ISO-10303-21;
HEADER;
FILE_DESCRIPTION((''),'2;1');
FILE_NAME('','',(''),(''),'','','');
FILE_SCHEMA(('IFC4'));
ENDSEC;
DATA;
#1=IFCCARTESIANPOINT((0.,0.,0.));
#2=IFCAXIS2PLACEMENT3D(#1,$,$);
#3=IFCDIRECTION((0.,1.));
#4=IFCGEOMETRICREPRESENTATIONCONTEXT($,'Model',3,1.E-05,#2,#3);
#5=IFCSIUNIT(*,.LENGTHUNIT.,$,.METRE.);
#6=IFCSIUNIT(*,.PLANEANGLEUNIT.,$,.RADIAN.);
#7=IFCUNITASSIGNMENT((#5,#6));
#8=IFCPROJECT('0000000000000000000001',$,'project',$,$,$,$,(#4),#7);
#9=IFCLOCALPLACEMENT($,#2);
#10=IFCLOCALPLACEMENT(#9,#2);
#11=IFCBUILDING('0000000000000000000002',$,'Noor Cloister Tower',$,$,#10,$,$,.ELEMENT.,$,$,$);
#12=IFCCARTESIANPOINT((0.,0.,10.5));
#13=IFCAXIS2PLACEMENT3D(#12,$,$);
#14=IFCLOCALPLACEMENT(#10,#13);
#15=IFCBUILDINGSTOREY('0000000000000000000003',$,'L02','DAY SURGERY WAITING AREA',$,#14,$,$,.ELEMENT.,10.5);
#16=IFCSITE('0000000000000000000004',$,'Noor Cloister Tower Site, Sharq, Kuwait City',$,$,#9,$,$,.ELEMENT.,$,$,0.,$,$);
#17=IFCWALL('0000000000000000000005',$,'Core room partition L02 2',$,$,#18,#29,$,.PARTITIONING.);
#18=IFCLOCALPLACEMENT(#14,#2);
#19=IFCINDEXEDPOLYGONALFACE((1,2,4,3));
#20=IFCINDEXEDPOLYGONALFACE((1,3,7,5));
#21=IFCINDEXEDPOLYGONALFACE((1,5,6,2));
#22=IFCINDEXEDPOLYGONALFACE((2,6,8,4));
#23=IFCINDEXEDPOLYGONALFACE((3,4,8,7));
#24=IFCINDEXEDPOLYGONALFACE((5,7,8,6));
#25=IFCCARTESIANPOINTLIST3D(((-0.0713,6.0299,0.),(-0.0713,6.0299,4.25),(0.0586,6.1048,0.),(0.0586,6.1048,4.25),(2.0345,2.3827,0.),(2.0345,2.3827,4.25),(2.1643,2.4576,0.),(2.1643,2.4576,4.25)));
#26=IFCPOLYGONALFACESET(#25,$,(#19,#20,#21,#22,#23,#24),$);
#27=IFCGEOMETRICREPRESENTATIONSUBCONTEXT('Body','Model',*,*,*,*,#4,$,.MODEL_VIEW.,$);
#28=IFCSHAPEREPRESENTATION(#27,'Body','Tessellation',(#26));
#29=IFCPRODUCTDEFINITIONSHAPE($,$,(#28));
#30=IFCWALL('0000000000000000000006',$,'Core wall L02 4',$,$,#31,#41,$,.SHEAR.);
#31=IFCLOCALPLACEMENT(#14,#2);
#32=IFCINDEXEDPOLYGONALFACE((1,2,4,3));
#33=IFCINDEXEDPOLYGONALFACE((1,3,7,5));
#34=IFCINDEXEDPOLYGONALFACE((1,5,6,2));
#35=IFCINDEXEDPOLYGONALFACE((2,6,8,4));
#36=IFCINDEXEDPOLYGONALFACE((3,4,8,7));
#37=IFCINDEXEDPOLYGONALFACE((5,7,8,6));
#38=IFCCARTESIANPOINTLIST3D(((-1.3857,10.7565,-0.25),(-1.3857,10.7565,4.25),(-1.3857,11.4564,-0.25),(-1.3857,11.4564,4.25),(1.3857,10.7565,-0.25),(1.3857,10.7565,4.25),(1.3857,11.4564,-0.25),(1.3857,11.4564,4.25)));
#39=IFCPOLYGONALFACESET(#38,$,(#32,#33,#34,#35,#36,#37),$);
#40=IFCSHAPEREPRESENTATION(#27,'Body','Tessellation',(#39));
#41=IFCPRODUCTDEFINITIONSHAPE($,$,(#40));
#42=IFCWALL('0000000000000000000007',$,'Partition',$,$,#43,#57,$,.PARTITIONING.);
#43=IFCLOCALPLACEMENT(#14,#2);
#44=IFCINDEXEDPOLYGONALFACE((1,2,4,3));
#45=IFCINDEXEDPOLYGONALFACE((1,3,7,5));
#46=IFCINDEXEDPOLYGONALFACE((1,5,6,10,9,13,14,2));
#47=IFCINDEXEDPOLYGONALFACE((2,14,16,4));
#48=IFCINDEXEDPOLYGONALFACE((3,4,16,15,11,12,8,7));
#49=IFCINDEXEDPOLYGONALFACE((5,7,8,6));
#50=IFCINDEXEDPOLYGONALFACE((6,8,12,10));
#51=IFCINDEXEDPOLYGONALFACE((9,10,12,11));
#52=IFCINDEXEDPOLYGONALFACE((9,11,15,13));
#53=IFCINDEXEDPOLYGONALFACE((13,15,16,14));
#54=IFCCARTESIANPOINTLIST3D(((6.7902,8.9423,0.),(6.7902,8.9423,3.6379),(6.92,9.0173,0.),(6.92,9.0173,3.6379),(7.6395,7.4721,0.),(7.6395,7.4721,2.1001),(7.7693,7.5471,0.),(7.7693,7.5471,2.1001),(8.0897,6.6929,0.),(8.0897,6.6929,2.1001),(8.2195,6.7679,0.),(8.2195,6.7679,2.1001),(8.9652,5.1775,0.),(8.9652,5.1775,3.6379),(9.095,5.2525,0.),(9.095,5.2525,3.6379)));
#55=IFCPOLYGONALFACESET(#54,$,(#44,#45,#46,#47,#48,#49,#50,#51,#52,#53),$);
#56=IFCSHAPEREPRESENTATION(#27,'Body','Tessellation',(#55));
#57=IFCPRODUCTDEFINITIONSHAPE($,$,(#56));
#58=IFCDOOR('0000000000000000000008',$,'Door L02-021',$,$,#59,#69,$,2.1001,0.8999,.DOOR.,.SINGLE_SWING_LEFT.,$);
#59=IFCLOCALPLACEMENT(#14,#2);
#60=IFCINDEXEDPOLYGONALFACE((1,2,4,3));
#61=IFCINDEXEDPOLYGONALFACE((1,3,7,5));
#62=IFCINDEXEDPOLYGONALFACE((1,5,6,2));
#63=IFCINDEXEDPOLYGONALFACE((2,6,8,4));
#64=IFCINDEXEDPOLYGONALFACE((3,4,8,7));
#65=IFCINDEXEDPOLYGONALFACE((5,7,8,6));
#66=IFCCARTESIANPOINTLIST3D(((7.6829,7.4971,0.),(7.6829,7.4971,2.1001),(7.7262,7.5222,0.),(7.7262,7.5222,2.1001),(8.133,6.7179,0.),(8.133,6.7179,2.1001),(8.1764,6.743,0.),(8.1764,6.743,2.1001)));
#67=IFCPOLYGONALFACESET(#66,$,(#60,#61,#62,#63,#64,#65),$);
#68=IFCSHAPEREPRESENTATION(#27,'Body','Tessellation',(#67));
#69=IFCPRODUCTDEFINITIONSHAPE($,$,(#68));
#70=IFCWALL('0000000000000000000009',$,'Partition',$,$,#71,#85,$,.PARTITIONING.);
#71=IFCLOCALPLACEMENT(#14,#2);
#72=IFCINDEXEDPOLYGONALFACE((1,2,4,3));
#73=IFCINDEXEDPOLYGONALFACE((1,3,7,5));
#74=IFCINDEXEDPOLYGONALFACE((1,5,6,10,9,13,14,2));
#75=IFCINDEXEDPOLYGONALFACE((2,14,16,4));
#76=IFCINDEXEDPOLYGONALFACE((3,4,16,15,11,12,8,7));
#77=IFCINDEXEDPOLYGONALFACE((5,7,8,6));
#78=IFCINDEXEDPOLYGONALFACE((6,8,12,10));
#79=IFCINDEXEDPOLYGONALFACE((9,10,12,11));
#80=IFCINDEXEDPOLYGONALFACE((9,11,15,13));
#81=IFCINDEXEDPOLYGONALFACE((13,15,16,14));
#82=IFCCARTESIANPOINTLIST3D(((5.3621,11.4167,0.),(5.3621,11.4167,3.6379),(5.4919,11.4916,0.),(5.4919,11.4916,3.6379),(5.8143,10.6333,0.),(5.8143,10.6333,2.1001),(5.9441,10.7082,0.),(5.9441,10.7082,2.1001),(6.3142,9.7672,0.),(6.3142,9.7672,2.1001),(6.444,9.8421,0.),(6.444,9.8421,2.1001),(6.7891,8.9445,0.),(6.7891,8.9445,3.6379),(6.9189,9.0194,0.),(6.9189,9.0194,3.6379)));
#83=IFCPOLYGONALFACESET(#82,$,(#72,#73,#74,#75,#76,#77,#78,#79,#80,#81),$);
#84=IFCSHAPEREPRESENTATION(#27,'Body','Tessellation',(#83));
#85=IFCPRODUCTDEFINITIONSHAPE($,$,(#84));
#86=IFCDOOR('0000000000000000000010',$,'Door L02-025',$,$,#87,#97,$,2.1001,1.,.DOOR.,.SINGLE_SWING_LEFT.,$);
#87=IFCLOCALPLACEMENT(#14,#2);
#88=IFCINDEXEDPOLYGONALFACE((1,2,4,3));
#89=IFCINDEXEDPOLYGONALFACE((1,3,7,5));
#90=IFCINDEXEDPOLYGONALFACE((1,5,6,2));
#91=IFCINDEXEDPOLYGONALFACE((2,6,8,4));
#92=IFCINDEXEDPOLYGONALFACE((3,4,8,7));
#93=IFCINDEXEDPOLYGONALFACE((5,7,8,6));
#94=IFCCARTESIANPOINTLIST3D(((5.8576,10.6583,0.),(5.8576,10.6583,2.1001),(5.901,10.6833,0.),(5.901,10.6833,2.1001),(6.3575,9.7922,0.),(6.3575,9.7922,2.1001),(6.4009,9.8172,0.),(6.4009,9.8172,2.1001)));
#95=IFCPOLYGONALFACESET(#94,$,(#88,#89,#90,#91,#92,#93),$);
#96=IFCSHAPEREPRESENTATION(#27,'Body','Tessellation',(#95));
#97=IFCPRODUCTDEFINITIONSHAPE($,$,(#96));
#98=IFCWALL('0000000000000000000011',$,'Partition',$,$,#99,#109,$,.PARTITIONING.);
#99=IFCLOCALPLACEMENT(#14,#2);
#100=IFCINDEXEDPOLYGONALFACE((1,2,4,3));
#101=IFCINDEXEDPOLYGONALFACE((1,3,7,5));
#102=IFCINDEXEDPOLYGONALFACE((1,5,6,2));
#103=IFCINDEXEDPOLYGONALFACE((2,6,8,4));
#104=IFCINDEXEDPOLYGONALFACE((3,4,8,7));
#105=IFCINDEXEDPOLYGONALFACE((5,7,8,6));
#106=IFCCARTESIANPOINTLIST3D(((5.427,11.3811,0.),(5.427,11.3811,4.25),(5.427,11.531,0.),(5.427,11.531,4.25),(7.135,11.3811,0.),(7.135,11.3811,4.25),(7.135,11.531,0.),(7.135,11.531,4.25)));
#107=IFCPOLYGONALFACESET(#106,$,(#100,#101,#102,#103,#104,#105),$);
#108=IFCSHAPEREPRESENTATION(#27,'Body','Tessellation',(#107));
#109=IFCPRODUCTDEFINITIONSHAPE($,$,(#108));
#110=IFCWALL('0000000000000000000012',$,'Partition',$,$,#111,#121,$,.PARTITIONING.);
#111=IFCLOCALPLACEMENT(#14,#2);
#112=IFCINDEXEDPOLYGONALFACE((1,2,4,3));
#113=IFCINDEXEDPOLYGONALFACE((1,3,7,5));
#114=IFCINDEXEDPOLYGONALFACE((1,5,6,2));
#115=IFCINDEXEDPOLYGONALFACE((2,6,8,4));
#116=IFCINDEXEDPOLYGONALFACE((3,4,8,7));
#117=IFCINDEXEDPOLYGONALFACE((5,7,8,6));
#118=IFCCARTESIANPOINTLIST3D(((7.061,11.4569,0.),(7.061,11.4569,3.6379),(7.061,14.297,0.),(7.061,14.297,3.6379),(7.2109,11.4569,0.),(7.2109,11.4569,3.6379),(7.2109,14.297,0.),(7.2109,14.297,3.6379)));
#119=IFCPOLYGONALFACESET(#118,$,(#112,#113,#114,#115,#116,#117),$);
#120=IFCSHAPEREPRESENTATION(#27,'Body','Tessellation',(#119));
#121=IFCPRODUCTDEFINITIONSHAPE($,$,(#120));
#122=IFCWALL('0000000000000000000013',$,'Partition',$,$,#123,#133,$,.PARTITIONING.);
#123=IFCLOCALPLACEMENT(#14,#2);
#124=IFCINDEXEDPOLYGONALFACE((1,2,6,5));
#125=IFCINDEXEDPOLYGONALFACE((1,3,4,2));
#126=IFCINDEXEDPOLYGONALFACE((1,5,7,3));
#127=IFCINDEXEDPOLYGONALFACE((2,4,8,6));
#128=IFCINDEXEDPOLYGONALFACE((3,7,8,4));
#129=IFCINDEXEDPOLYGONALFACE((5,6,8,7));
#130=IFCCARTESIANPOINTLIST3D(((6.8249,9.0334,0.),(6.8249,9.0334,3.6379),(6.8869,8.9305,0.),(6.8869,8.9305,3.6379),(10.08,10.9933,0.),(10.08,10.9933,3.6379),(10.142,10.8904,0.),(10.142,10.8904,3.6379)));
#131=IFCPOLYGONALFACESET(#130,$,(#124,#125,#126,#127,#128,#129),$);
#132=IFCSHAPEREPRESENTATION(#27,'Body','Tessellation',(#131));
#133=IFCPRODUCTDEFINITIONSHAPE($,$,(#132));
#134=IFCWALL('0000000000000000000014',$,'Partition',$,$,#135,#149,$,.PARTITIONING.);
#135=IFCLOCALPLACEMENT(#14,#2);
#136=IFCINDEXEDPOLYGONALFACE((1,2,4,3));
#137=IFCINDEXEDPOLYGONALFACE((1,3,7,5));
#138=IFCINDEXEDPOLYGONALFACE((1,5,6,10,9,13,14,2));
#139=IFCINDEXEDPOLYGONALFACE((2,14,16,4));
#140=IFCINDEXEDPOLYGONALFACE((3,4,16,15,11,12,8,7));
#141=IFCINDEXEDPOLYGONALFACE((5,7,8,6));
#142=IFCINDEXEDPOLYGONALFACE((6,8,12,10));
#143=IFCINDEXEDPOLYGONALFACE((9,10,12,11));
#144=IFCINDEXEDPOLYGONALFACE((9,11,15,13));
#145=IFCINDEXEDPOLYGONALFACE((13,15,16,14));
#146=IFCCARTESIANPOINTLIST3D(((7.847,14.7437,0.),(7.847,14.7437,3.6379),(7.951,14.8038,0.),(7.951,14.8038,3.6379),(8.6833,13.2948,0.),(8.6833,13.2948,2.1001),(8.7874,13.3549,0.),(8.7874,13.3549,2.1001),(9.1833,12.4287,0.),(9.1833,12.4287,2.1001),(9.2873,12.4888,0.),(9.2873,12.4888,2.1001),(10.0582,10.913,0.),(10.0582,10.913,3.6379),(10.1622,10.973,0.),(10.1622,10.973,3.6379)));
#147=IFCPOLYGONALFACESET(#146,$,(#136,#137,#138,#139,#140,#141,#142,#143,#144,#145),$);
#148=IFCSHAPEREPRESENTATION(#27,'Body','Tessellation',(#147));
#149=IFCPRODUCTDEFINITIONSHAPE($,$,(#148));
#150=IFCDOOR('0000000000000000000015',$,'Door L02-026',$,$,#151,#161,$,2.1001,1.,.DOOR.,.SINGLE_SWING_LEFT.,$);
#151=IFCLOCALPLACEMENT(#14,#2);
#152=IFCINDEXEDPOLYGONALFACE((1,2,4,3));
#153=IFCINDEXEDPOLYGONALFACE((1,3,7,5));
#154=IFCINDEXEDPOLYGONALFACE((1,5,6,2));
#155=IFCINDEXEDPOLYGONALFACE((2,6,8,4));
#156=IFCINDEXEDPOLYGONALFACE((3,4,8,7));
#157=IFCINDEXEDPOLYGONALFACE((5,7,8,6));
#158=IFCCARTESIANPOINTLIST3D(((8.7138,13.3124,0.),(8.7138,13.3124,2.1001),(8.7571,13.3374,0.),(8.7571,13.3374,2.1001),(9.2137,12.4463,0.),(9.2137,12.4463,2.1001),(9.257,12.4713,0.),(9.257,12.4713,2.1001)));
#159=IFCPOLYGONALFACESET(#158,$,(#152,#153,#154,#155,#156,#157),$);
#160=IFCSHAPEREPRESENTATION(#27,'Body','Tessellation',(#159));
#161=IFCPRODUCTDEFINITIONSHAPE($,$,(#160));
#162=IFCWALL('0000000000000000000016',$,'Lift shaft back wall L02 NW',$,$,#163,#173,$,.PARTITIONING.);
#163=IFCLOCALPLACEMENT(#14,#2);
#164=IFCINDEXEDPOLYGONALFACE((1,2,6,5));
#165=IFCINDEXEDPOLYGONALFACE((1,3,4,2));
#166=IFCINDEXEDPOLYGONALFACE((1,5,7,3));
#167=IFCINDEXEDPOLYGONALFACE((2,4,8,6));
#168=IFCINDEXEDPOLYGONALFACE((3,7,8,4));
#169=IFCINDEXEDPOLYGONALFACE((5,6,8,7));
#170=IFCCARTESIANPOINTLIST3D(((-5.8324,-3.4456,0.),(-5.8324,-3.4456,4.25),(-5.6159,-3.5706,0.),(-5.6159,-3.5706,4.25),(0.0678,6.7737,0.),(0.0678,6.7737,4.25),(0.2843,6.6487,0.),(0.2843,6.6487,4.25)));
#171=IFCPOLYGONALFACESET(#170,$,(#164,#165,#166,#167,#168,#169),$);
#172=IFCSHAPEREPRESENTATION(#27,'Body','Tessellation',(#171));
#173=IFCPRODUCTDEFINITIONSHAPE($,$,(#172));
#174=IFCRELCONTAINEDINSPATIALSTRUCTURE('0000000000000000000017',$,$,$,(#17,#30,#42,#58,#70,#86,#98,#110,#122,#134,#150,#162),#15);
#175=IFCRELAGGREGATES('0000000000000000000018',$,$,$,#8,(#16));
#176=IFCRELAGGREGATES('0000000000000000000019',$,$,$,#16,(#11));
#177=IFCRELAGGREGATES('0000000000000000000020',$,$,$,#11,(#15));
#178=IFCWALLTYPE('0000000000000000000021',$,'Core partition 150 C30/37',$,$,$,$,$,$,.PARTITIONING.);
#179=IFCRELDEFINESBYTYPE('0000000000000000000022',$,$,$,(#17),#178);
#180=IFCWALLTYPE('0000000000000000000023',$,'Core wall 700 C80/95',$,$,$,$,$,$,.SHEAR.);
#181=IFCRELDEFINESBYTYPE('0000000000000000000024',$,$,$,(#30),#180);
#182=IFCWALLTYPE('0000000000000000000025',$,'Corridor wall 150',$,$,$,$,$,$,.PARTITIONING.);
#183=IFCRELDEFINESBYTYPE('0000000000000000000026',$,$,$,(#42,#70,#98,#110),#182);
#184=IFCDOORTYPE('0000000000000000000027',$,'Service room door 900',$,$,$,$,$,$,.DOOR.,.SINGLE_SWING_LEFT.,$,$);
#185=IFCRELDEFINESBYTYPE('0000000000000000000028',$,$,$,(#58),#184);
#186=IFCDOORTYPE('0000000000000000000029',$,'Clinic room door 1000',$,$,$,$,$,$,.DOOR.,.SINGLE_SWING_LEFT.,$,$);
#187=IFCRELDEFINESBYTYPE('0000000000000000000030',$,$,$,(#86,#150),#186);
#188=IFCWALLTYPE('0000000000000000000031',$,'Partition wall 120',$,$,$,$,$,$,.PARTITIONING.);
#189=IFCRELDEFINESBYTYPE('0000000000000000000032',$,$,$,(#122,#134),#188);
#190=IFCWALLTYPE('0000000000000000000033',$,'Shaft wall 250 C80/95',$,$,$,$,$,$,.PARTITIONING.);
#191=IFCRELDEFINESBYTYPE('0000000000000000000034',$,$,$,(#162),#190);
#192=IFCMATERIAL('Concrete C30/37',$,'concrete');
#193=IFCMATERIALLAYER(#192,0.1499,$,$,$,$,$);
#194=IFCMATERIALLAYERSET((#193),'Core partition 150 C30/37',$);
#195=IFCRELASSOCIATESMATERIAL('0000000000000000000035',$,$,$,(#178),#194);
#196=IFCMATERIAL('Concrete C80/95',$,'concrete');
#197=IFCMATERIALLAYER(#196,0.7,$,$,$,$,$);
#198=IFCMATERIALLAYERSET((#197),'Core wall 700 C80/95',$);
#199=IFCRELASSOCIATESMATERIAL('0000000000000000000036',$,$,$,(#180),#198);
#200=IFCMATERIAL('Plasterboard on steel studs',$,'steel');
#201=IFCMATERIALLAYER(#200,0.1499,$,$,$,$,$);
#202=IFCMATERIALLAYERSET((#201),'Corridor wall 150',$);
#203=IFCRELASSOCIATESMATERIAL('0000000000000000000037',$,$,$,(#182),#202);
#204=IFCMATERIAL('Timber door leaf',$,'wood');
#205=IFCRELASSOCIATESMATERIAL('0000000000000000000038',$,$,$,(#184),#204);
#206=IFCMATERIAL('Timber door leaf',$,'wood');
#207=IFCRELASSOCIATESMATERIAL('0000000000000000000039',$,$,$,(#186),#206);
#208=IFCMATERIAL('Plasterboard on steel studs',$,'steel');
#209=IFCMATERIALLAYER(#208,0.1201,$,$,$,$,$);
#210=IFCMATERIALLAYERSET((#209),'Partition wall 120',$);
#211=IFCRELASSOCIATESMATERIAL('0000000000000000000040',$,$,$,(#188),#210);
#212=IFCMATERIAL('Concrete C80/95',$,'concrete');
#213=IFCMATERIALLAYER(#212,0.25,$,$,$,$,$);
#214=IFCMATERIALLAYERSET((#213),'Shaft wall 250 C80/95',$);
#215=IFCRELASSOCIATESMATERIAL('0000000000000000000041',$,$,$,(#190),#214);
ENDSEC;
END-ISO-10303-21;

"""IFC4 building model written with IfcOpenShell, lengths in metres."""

from ifc_helpers import new_model, si_unit, direction, frame, frame_2d, origin, place, context, subcontext, project, spatial, rectangle, extrude, material, layer, layer_set, type_object, element, fill, save


model = new_model("IFC4")

# Units and contexts
model_context = context("Model", 3, precision=1e-05, world=origin(), true_north=direction((0.0, 1.0)))
body_context = subcontext(model_context, "Body", "Model", "MODEL_VIEW")
ifc_project = project(units=[si_unit("LENGTHUNIT", "METRE"), si_unit("PLANEANGLEUNIT", "RADIAN")], contexts=[model_context])

# Site, building, storey
site_placement = place(None, origin())
site = spatial("IfcSite", under=ifc_project, at=site_placement, Name="Noor Cloister Tower Site, Sharq, Kuwait City", CompositionType="ELEMENT", RefElevation=0.0)
building_placement = place(site_placement, origin())
building = spatial("IfcBuilding", under=site, at=building_placement, Name="Noor Cloister Tower", CompositionType="ELEMENT")
storey_placement = place(building_placement, frame((0.0, 0.0, 10.5)))
storey = spatial("IfcBuildingStorey", under=building, at=storey_placement, Name="L02", Description="DAY SURGERY WAITING AREA", CompositionType="ELEMENT", Elevation=10.5)

# Walls
ifc_material_1 = material(Name="Concrete C30/37", Category="concrete")
ifc_layer_1 = layer(ifc_material_1, 0.1499)
ifc_layer_set_1 = layer_set([ifc_layer_1], Name="Core partition 150 C30/37")
wall_type_1 = type_object("IfcWallType", Name="Core partition 150 C30/37", PredefinedType="PARTITIONING", material=ifc_layer_set_1)
wall_1_placement = place(storey_placement, frame((2.0994, 2.4202, 0.0), z_axis=(0.0, 0.0, 1.0), x_axis=(-0.499998, 0.866026, 0.0)))
element("IfcWall", 1, at=wall_1_placement, inside=storey, type_object=wall_type_1, Name="Core room partition L02 2", PredefinedType="PARTITIONING", context=body_context, shape_type="SweptSolid", body=[
    extrude(rectangle(XDim=4.2114, YDim=0.1499, at=frame_2d((2.1057, 0.0))), origin(), (0.0, 0.0, 1.0), 4.25),
])
ifc_material_2 = material(Name="Concrete C80/95", Category="concrete")
ifc_layer_2 = layer(ifc_material_2, 0.7)
ifc_layer_set_2 = layer_set([ifc_layer_2], Name="Core wall 700 C80/95")
wall_type_2 = type_object("IfcWallType", Name="Core wall 700 C80/95", PredefinedType="SHEAR", material=ifc_layer_set_2)
wall_2_placement = place(storey_placement, frame((1.3857, 11.1064, -0.25), z_axis=(0.0, 0.0, 1.0), x_axis=(-1.0, 0.0, 0.0)))
element("IfcWall", 2, at=wall_2_placement, inside=storey, type_object=wall_type_2, Name="Core wall L02 4", PredefinedType="SHEAR", context=body_context, shape_type="SweptSolid", body=[
    extrude(rectangle(XDim=2.7715, YDim=0.7, at=frame_2d((1.3857, 0.0))), origin(), (0.0, 0.0, 1.0), 4.5),
])

# Walls, openings, doors
ifc_material_3 = material(Name="Plasterboard on steel studs", Category="steel")
ifc_layer_3 = layer(ifc_material_3, 0.1499)
ifc_layer_set_3 = layer_set([ifc_layer_3], Name="Corridor wall 150")
wall_type_3 = type_object("IfcWallType", Name="Corridor wall 150", PredefinedType="PARTITIONING", material=ifc_layer_set_3)
wall_3_placement = place(storey_placement, frame((9.03, 5.2151, 0.0), z_axis=(0.0, 0.0, 1.0), x_axis=(-0.500239, 0.865887, 0.0)))
wall_3 = element("IfcWall", 3, at=wall_3_placement, inside=storey, type_object=wall_type_3, Name="Partition", PredefinedType="PARTITIONING", context=body_context, shape_type="SweptSolid", body=[
    extrude(rectangle(XDim=4.3479, YDim=0.1499, at=frame_2d((2.1738, 0.0))), origin(), (0.0, 0.0, 1.0), 3.6379),
])
opening_1_placement = place(wall_3_placement, frame((1.75, 0.0, 0.0)))
opening_1 = element("IfcOpeningElement", 4, at=opening_1_placement, cuts=wall_3, PredefinedType="OPENING", context=body_context, shape_type="SweptSolid", body=[
    extrude(rectangle(XDim=0.8999, YDim=2.1001, at=frame_2d((0.45, 1.05))), frame((0.0, 0.085, 0.0), z_axis=(0.0, -1.0, 0.0), x_axis=(1.0, 0.0, 0.0)), (0.0, 0.0, 1.0), 0.1699),
])
ifc_material_4 = material(Name="Timber door leaf", Category="wood")
door_type_1 = type_object("IfcDoorType", Name="Service room door 900", OperationType="SINGLE_SWING_LEFT", PredefinedType="DOOR", material=ifc_material_4)
door_1_placement = place(opening_1_placement, origin())
door_1 = element("IfcDoor", 5, at=door_1_placement, inside=storey, type_object=door_type_1, Name="Door L02-021", OperationType="SINGLE_SWING_LEFT", OverallHeight=2.1001, OverallWidth=0.8999, PredefinedType="DOOR", context=body_context, shape_type="SweptSolid", body=[
    extrude(rectangle(XDim=0.8999, YDim=2.1001, at=frame_2d((0.45, 1.05))), frame((0.0, 0.0249, 0.0), z_axis=(0.0, -1.0, 0.0), x_axis=(1.0, 0.0, 0.0)), (0.0, 0.0, 1.0), 0.05),
])
fill(opening_1, door_1)
wall_4_placement = place(storey_placement, frame((6.854, 8.9819, 0.0), z_axis=(0.0, 0.0, 1.0), x_axis=(-0.49992, 0.866072, 0.0)))
wall_4 = element("IfcWall", 6, at=wall_4_placement, inside=storey, type_object=wall_type_3, Name="Partition", PredefinedType="PARTITIONING", context=body_context, shape_type="SweptSolid", body=[
    extrude(rectangle(XDim=2.8545, YDim=0.1499, at=frame_2d((1.4272, 0.0))), origin(), (0.0, 0.0, 1.0), 3.6379),
])
opening_2_placement = place(wall_4_placement, frame((0.95, 0.0, 0.0)))
opening_2 = element("IfcOpeningElement", 7, at=opening_2_placement, cuts=wall_4, PredefinedType="OPENING", context=body_context, shape_type="SweptSolid", body=[
    extrude(rectangle(XDim=1.0, YDim=2.1001, at=frame_2d((0.5, 1.05))), frame((0.0, 0.085, 0.0), z_axis=(0.0, -1.0, 0.0), x_axis=(1.0, 0.0, 0.0)), (0.0, 0.0, 1.0), 0.1699),
])
ifc_material_5 = material(Name="Timber door leaf", Category="wood")
door_type_2 = type_object("IfcDoorType", Name="Clinic room door 1000", OperationType="SINGLE_SWING_LEFT", PredefinedType="DOOR", material=ifc_material_5)
door_2_placement = place(opening_2_placement, origin())
door_2 = element("IfcDoor", 8, at=door_2_placement, inside=storey, type_object=door_type_2, Name="Door L02-025", OperationType="SINGLE_SWING_LEFT", OverallHeight=2.1001, OverallWidth=1.0, PredefinedType="DOOR", context=body_context, shape_type="SweptSolid", body=[
    extrude(rectangle(XDim=1.0, YDim=2.1001, at=frame_2d((0.5, 1.05))), frame((0.0, 0.0249, 0.0), z_axis=(0.0, -1.0, 0.0), x_axis=(1.0, 0.0, 0.0)), (0.0, 0.0, 1.0), 0.05),
])
fill(opening_2, door_2)

# Walls
wall_5_placement = place(storey_placement, frame((5.427, 11.4561, 0.0), z_axis=(0.0, 0.0, 1.0), x_axis=(1.0, 0.0, 0.0)))
element("IfcWall", 9, at=wall_5_placement, inside=storey, type_object=wall_type_3, Name="Partition", PredefinedType="PARTITIONING", context=body_context, shape_type="SweptSolid", body=[
    extrude(rectangle(XDim=1.708, YDim=0.1499, at=frame_2d((0.854, 0.0))), origin(), (0.0, 0.0, 1.0), 4.25),
])
wall_6_placement = place(storey_placement, frame((7.136, 11.457, 0.0), z_axis=(0.0, 0.0, 1.0), x_axis=(0.0, 1.0, 0.0)))
element("IfcWall", 10, at=wall_6_placement, inside=storey, type_object=wall_type_3, Name="Partition", PredefinedType="PARTITIONING", context=body_context, shape_type="SweptSolid", body=[
    extrude(rectangle(XDim=2.8401, YDim=0.1499, at=frame_2d((1.4199, 0.0))), origin(), (0.0, 0.0, 1.0), 3.6379),
])
ifc_material_6 = material(Name="Plasterboard on steel studs", Category="steel")
ifc_layer_4 = layer(ifc_material_6, 0.1201)
ifc_layer_set_4 = layer_set([ifc_layer_4], Name="Partition wall 120")
wall_type_4 = type_object("IfcWallType", Name="Partition wall 120", PredefinedType="PARTITIONING", material=ifc_layer_set_4)
wall_7_placement = place(storey_placement, frame((10.1111, 10.9419, 0.0), z_axis=(0.0, 0.0, 1.0), x_axis=(-0.856693, -0.515827, 0.0)))
element("IfcWall", 11, at=wall_7_placement, inside=storey, type_object=wall_type_4, Name="Partition", PredefinedType="PARTITIONING", context=body_context, shape_type="SweptSolid", body=[
    extrude(rectangle(XDim=3.7996, YDim=0.1201, at=frame_2d((1.8999, 0.0))), origin(), (0.0, 0.0, 1.0), 3.6379),
])

# Wall, opening, door
wall_8_placement = place(storey_placement, frame((10.1101, 10.9431, 0.0), z_axis=(0.0, 0.0, 1.0), x_axis=(-0.499909, 0.866078, 0.0)))
wall_8 = element("IfcWall", 12, at=wall_8_placement, inside=storey, type_object=wall_type_4, Name="Partition", PredefinedType="PARTITIONING", context=body_context, shape_type="SweptSolid", body=[
    extrude(rectangle(XDim=4.4231, YDim=0.1201, at=frame_2d((2.2114, 0.0))), origin(), (0.0, 0.0, 1.0), 3.6379),
])
opening_3_placement = place(wall_8_placement, frame((1.75, 0.0, 0.0)))
opening_3 = element("IfcOpeningElement", 13, at=opening_3_placement, cuts=wall_8, PredefinedType="OPENING", context=body_context, shape_type="SweptSolid", body=[
    extrude(rectangle(XDim=1.0, YDim=2.1001, at=frame_2d((0.5, 1.05))), frame((0.0, 0.0701, 0.0), z_axis=(0.0, -1.0, 0.0), x_axis=(1.0, 0.0, 0.0)), (0.0, 0.0, 1.0), 0.1401),
])
door_3_placement = place(opening_3_placement, origin())
door_3 = element("IfcDoor", 14, at=door_3_placement, inside=storey, type_object=door_type_2, Name="Door L02-026", OperationType="SINGLE_SWING_LEFT", OverallHeight=2.1001, OverallWidth=1.0, PredefinedType="DOOR", context=body_context, shape_type="SweptSolid", body=[
    extrude(rectangle(XDim=1.0, YDim=2.1001, at=frame_2d((0.5, 1.05))), frame((0.0, 0.0249, 0.0), z_axis=(0.0, -1.0, 0.0), x_axis=(1.0, 0.0, 0.0)), (0.0, 0.0, 1.0), 0.05),
])
fill(opening_3, door_3)

# Wall
ifc_material_7 = material(Name="Concrete C80/95", Category="concrete")
ifc_layer_5 = layer(ifc_material_7, 0.25)
ifc_layer_set_5 = layer_set([ifc_layer_5], Name="Shaft wall 250 C80/95")
wall_type_5 = type_object("IfcWallType", Name="Shaft wall 250 C80/95", PredefinedType="PARTITIONING", material=ifc_layer_set_5)
wall_9_placement = place(storey_placement, frame((0.176, 6.7112, 0.0), z_axis=(0.0, 0.0, 1.0), x_axis=(-0.500004, -0.866023, 0.0)))
element("IfcWall", 15, at=wall_9_placement, inside=storey, type_object=wall_type_5, Name="Lift shaft back wall L02 NW", PredefinedType="PARTITIONING", context=body_context, shape_type="SweptSolid", body=[
    extrude(rectangle(XDim=11.8003, YDim=0.25, at=frame_2d((5.9001, 0.0))), origin(), (0.0, 0.0, 1.0), 4.25),
])

save(model, "model.ifc")
